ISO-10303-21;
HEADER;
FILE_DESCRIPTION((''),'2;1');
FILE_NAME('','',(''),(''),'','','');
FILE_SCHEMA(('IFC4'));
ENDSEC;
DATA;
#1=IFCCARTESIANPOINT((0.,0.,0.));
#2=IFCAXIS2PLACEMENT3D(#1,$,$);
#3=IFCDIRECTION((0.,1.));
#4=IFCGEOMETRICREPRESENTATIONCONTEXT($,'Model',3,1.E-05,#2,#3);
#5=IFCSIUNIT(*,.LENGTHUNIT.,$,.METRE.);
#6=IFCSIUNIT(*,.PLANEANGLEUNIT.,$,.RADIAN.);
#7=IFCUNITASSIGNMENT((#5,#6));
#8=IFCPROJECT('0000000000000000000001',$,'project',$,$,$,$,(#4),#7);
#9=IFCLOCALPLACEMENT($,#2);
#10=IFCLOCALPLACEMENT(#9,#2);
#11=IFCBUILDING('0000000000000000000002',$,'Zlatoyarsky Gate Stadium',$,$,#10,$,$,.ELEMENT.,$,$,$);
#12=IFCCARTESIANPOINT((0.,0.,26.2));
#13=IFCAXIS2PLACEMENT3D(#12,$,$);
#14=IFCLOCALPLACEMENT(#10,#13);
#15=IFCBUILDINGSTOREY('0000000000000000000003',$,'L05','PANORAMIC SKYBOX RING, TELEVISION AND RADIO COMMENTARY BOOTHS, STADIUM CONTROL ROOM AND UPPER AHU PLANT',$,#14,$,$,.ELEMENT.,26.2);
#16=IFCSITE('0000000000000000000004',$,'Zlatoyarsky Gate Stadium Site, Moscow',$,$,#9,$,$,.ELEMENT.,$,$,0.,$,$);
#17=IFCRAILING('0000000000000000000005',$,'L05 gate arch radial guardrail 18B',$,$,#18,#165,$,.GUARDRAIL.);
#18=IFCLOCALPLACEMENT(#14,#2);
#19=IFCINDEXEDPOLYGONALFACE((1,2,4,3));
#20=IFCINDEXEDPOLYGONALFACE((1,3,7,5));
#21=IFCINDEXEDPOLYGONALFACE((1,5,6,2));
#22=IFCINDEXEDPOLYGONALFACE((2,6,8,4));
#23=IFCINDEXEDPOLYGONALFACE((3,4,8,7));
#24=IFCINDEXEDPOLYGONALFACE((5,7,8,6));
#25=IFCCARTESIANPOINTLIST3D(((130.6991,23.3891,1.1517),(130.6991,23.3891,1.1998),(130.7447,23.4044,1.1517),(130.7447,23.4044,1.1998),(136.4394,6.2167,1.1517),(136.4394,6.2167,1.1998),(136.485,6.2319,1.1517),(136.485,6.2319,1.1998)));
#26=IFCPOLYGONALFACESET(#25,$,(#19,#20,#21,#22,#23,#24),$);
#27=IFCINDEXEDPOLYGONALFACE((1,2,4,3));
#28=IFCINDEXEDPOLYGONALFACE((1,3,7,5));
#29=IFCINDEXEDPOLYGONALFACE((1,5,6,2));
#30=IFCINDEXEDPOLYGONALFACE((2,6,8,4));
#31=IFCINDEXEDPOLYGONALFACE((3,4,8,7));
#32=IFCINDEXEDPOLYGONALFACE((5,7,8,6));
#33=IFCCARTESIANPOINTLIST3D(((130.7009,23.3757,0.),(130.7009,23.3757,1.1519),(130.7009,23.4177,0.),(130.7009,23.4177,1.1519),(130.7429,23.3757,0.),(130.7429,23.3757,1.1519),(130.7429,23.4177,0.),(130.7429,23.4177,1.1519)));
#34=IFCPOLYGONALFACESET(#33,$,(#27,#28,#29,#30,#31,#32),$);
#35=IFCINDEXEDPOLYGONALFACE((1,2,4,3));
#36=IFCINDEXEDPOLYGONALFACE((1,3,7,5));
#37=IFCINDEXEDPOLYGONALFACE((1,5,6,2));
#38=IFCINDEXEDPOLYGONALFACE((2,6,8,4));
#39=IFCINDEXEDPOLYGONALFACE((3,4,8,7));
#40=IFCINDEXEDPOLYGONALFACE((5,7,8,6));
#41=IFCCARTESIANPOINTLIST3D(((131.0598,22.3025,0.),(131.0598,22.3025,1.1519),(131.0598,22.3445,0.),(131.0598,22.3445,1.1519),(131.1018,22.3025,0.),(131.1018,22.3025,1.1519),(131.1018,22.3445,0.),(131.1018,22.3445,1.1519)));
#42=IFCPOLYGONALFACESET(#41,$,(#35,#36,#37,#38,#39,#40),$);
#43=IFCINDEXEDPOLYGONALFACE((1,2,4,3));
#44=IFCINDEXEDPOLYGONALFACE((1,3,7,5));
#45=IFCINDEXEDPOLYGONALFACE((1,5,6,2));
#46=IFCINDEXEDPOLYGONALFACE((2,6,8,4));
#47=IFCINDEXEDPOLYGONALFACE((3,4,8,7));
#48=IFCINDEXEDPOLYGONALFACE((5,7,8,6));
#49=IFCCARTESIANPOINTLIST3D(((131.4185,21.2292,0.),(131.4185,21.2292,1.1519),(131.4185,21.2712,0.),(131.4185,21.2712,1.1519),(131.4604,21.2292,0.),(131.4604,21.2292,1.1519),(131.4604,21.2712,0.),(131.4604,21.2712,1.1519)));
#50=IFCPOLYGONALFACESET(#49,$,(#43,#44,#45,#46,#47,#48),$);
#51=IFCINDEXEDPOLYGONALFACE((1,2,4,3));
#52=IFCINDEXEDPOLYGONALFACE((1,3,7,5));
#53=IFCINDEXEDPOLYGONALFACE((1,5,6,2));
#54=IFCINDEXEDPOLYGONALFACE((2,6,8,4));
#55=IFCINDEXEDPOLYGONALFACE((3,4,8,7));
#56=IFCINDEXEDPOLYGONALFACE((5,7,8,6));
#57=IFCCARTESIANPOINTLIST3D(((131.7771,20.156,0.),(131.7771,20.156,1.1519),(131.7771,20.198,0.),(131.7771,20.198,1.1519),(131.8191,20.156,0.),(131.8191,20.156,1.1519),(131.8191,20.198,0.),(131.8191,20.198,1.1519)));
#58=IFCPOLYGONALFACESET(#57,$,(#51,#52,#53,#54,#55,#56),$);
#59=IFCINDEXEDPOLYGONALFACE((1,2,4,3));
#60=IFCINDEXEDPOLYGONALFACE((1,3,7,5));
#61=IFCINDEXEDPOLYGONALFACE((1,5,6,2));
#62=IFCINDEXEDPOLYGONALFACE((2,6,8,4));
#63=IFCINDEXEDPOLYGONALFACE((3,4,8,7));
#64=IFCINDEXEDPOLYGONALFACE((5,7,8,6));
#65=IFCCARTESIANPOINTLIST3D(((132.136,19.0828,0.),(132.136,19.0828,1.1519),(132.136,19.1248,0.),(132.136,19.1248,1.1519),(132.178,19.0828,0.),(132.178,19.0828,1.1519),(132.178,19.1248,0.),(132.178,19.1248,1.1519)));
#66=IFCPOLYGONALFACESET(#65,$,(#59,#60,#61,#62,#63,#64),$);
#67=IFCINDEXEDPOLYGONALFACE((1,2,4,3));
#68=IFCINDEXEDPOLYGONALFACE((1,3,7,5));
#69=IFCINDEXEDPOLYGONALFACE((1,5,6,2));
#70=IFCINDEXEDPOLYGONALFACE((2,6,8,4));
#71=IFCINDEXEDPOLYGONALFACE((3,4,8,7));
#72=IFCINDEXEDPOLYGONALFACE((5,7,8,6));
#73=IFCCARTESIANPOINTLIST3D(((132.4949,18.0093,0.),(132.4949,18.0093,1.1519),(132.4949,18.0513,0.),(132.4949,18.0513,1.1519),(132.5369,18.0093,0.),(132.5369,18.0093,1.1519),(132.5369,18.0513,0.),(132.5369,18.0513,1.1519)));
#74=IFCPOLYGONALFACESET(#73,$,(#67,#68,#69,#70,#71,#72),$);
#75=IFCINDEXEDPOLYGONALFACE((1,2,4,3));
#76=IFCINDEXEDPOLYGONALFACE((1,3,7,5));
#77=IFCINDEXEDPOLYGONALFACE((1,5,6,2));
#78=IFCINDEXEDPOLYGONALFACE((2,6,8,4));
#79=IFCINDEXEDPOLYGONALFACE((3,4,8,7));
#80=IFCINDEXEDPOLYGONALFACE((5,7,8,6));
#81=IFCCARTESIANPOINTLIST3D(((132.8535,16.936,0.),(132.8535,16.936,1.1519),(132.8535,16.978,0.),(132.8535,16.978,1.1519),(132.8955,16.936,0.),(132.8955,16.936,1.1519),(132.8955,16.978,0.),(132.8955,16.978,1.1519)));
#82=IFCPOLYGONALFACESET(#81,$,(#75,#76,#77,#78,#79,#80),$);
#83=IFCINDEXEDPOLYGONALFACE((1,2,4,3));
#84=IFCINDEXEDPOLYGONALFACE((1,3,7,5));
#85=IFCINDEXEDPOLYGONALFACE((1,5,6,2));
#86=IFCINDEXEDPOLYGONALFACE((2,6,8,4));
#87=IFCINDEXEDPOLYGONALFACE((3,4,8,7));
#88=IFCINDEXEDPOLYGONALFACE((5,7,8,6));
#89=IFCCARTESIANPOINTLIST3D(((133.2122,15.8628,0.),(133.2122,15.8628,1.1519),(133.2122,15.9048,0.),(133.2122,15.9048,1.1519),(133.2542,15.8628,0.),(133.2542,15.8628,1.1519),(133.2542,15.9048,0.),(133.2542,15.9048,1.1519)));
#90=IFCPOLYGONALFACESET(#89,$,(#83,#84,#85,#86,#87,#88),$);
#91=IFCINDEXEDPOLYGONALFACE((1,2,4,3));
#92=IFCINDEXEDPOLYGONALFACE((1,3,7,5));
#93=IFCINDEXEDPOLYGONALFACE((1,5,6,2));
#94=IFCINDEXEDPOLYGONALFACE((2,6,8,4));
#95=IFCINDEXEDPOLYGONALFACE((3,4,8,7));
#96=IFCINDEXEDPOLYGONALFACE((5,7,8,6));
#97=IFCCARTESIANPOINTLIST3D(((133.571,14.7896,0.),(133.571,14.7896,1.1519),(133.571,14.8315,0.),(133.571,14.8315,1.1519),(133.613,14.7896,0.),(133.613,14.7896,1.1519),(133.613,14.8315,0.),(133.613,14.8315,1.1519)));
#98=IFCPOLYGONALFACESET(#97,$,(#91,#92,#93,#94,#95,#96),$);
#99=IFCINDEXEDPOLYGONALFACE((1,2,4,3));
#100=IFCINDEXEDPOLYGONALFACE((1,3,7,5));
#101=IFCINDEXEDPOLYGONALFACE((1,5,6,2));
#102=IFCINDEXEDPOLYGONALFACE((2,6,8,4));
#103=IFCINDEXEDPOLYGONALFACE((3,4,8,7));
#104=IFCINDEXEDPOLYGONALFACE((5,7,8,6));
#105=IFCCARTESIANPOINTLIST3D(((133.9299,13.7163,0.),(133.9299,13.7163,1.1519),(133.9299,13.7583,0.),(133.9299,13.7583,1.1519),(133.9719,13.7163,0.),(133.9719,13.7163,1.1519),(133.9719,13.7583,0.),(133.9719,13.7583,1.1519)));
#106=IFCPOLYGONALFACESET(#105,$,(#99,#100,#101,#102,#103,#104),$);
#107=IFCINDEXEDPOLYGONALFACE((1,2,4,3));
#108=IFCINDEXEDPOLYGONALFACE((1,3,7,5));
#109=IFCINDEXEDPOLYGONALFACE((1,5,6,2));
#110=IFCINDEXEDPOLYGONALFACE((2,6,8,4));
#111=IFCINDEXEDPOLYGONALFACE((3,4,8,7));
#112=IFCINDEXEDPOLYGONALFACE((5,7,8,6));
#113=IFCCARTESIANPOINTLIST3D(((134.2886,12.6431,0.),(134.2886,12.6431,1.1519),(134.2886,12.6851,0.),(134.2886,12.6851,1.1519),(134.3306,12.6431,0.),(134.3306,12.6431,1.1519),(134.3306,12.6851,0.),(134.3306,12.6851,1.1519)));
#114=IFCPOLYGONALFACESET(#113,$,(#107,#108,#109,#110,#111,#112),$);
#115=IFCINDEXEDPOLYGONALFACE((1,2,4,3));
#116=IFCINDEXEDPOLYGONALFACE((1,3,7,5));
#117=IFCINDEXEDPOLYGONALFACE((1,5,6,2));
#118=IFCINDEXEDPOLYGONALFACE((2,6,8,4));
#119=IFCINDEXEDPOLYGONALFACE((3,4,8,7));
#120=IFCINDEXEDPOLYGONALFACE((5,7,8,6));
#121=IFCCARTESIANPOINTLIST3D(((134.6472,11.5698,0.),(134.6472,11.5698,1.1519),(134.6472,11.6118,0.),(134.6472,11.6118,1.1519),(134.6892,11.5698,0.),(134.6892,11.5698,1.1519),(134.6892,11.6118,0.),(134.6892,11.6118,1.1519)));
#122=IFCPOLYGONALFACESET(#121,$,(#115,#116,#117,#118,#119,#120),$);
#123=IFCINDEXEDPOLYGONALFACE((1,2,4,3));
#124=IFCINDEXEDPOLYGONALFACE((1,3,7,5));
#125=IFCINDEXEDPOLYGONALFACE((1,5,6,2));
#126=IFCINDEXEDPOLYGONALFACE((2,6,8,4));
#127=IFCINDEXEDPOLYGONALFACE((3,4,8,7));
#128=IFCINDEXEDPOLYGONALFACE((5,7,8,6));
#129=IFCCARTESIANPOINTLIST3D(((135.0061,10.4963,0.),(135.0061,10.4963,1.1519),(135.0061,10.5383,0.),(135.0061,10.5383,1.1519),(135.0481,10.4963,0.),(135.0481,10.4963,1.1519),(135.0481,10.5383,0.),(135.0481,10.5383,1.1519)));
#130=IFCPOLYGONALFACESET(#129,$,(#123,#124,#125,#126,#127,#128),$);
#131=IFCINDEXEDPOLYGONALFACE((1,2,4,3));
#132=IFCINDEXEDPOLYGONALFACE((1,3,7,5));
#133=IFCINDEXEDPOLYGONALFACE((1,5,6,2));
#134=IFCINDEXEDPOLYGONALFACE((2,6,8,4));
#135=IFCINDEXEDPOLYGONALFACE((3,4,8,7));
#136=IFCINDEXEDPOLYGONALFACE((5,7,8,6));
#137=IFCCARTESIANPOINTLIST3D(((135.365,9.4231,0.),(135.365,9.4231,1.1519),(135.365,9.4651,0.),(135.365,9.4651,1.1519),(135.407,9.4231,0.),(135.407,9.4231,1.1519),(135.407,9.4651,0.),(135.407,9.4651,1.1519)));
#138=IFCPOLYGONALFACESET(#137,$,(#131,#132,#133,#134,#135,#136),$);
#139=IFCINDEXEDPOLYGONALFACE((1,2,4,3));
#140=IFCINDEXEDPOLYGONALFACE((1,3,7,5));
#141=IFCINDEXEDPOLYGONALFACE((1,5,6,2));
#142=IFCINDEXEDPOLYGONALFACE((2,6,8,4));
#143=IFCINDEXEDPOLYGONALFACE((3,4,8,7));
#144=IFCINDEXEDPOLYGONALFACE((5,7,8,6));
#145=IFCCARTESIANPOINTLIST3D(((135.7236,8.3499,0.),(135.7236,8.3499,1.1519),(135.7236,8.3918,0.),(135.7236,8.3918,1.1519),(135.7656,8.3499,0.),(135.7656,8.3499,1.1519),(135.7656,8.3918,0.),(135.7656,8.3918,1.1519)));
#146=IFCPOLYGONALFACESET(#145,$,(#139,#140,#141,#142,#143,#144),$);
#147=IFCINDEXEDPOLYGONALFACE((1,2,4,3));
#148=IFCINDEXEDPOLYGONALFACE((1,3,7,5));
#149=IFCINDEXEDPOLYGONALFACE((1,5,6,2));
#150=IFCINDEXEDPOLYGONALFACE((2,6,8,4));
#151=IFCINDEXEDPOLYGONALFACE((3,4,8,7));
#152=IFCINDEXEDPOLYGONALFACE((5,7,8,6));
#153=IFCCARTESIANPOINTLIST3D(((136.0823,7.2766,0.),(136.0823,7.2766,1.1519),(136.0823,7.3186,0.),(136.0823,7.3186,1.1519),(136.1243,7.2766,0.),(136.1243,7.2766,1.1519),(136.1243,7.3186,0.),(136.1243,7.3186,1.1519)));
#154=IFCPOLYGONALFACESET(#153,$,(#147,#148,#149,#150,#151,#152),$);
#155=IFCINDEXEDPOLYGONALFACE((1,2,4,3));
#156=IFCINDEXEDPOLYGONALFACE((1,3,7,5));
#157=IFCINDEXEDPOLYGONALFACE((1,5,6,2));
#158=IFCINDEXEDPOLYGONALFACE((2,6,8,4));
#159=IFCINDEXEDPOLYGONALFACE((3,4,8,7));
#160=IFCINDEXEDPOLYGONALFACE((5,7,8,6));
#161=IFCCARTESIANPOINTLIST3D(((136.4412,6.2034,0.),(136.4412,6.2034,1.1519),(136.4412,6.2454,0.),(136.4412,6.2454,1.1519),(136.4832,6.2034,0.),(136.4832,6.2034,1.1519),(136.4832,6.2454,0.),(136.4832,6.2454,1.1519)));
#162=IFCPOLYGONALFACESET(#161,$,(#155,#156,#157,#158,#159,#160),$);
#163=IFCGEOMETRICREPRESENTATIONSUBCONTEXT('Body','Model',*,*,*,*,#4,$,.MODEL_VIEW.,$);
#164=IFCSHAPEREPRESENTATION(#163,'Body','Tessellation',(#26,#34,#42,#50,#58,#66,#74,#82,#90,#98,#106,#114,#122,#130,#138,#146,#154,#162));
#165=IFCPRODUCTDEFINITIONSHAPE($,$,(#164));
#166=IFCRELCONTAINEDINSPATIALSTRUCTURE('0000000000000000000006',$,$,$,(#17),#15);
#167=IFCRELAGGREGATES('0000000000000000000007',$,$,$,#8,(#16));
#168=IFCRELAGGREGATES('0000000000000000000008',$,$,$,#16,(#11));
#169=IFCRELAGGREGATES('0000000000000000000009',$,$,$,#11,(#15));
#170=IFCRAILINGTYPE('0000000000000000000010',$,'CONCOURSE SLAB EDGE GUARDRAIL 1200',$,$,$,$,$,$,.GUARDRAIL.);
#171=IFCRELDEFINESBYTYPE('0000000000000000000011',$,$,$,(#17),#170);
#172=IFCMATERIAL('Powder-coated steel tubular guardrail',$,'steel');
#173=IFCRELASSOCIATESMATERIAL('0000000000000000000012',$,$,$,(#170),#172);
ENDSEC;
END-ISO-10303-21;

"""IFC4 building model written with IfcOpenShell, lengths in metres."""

from ifc_helpers import new_model, si_unit, direction, frame, origin, origin_2d, place, context, subcontext, project, spatial, rectangle, extrude, material, type_object, element, save


model = new_model("IFC4")

# Units and contexts
model_context = context("Model", 3, precision=1e-05, world=origin(), true_north=direction((0.0, 1.0)))
body_context = subcontext(model_context, "Body", "Model", "MODEL_VIEW")
ifc_project = project(units=[si_unit("LENGTHUNIT", "METRE"), si_unit("PLANEANGLEUNIT", "RADIAN")], contexts=[model_context])

# Site, building, storey
site_placement = place(None, origin())
site = spatial("IfcSite", under=ifc_project, at=site_placement, Name="Zlatoyarsky Gate Stadium Site, Moscow", CompositionType="ELEMENT", RefElevation=0.0)
building_placement = place(site_placement, origin())
building = spatial("IfcBuilding", under=site, at=building_placement, Name="Zlatoyarsky Gate Stadium", CompositionType="ELEMENT")
storey_placement = place(building_placement, frame((0.0, 0.0, 26.2)))
storey = spatial("IfcBuildingStorey", under=building, at=storey_placement, Name="L05", Description="PANORAMIC SKYBOX RING, TELEVISION AND RADIO COMMENTARY BOOTHS, STADIUM CONTROL ROOM AND UPPER AHU PLANT", CompositionType="ELEMENT", Elevation=26.2)

# Railing
ifc_material_1 = material(Name="Powder-coated steel tubular guardrail", Category="steel")
railing_type = type_object("IfcRailingType", Name="CONCOURSE SLAB EDGE GUARDRAIL 1200", PredefinedType="GUARDRAIL", material=ifc_material_1)
railing_1_placement = place(storey_placement, frame((130.7219, 23.3967, 0.0)))
element("IfcRailing", 1, at=railing_1_placement, inside=storey, type_object=railing_type, Name="L05 gate arch radial guardrail 18B", PredefinedType="GUARDRAIL", context=body_context, shape_type="SweptSolid", body=[
    extrude(rectangle(XDim=0.0481, YDim=0.0481, at=origin_2d()), frame((0.0, 0.0, 1.1758), z_axis=(0.317029, -0.948416, 0.0), x_axis=(0.948416, 0.317029, 0.0)), (0.0, 0.0, 1.0), 18.1064),
    extrude(rectangle(XDim=0.042, YDim=0.042, at=origin_2d()), origin(), (0.0, 0.0, 1.0), 1.1519),
    extrude(rectangle(XDim=0.042, YDim=0.042, at=origin_2d()), frame((0.3589, -1.0732, 0.0)), (0.0, 0.0, 1.0), 1.1519),
    extrude(rectangle(XDim=0.042, YDim=0.042, at=origin_2d()), frame((0.7175, -2.1465, 0.0)), (0.0, 0.0, 1.0), 1.1519),
    extrude(rectangle(XDim=0.042, YDim=0.042, at=origin_2d()), frame((1.0762, -3.2197, 0.0)), (0.0, 0.0, 1.0), 1.1519),
    extrude(rectangle(XDim=0.042, YDim=0.042, at=origin_2d()), frame((1.4351, -4.293, 0.0)), (0.0, 0.0, 1.0), 1.1519),
    extrude(rectangle(XDim=0.042, YDim=0.042, at=origin_2d()), frame((1.7939, -5.3665, 0.0)), (0.0, 0.0, 1.0), 1.1519),
    extrude(rectangle(XDim=0.042, YDim=0.042, at=origin_2d()), frame((2.1526, -6.4397, 0.0)), (0.0, 0.0, 1.0), 1.1519),
    extrude(rectangle(XDim=0.042, YDim=0.042, at=origin_2d()), frame((2.5112, -7.5129, 0.0)), (0.0, 0.0, 1.0), 1.1519),
    extrude(rectangle(XDim=0.042, YDim=0.042, at=origin_2d()), frame((2.8701, -8.5862, 0.0)), (0.0, 0.0, 1.0), 1.1519),
    extrude(rectangle(XDim=0.042, YDim=0.042, at=origin_2d()), frame((3.229, -9.6594, 0.0)), (0.0, 0.0, 1.0), 1.1519),
    extrude(rectangle(XDim=0.042, YDim=0.042, at=origin_2d()), frame((3.5876, -10.7327, 0.0)), (0.0, 0.0, 1.0), 1.1519),
    extrude(rectangle(XDim=0.042, YDim=0.042, at=origin_2d()), frame((3.9463, -11.8059, 0.0)), (0.0, 0.0, 1.0), 1.1519),
    extrude(rectangle(XDim=0.042, YDim=0.042, at=origin_2d()), frame((4.3052, -12.8794, 0.0)), (0.0, 0.0, 1.0), 1.1519),
    extrude(rectangle(XDim=0.042, YDim=0.042, at=origin_2d()), frame((4.6641, -13.9526, 0.0)), (0.0, 0.0, 1.0), 1.1519),
    extrude(rectangle(XDim=0.042, YDim=0.042, at=origin_2d()), frame((5.0227, -15.0259, 0.0)), (0.0, 0.0, 1.0), 1.1519),
    extrude(rectangle(XDim=0.042, YDim=0.042, at=origin_2d()), frame((5.3813, -16.0991, 0.0)), (0.0, 0.0, 1.0), 1.1519),
    extrude(rectangle(XDim=0.042, YDim=0.042, at=origin_2d()), frame((5.7402, -17.1724, 0.0)), (0.0, 0.0, 1.0), 1.1519),
])

save(model, "model.ifc")
